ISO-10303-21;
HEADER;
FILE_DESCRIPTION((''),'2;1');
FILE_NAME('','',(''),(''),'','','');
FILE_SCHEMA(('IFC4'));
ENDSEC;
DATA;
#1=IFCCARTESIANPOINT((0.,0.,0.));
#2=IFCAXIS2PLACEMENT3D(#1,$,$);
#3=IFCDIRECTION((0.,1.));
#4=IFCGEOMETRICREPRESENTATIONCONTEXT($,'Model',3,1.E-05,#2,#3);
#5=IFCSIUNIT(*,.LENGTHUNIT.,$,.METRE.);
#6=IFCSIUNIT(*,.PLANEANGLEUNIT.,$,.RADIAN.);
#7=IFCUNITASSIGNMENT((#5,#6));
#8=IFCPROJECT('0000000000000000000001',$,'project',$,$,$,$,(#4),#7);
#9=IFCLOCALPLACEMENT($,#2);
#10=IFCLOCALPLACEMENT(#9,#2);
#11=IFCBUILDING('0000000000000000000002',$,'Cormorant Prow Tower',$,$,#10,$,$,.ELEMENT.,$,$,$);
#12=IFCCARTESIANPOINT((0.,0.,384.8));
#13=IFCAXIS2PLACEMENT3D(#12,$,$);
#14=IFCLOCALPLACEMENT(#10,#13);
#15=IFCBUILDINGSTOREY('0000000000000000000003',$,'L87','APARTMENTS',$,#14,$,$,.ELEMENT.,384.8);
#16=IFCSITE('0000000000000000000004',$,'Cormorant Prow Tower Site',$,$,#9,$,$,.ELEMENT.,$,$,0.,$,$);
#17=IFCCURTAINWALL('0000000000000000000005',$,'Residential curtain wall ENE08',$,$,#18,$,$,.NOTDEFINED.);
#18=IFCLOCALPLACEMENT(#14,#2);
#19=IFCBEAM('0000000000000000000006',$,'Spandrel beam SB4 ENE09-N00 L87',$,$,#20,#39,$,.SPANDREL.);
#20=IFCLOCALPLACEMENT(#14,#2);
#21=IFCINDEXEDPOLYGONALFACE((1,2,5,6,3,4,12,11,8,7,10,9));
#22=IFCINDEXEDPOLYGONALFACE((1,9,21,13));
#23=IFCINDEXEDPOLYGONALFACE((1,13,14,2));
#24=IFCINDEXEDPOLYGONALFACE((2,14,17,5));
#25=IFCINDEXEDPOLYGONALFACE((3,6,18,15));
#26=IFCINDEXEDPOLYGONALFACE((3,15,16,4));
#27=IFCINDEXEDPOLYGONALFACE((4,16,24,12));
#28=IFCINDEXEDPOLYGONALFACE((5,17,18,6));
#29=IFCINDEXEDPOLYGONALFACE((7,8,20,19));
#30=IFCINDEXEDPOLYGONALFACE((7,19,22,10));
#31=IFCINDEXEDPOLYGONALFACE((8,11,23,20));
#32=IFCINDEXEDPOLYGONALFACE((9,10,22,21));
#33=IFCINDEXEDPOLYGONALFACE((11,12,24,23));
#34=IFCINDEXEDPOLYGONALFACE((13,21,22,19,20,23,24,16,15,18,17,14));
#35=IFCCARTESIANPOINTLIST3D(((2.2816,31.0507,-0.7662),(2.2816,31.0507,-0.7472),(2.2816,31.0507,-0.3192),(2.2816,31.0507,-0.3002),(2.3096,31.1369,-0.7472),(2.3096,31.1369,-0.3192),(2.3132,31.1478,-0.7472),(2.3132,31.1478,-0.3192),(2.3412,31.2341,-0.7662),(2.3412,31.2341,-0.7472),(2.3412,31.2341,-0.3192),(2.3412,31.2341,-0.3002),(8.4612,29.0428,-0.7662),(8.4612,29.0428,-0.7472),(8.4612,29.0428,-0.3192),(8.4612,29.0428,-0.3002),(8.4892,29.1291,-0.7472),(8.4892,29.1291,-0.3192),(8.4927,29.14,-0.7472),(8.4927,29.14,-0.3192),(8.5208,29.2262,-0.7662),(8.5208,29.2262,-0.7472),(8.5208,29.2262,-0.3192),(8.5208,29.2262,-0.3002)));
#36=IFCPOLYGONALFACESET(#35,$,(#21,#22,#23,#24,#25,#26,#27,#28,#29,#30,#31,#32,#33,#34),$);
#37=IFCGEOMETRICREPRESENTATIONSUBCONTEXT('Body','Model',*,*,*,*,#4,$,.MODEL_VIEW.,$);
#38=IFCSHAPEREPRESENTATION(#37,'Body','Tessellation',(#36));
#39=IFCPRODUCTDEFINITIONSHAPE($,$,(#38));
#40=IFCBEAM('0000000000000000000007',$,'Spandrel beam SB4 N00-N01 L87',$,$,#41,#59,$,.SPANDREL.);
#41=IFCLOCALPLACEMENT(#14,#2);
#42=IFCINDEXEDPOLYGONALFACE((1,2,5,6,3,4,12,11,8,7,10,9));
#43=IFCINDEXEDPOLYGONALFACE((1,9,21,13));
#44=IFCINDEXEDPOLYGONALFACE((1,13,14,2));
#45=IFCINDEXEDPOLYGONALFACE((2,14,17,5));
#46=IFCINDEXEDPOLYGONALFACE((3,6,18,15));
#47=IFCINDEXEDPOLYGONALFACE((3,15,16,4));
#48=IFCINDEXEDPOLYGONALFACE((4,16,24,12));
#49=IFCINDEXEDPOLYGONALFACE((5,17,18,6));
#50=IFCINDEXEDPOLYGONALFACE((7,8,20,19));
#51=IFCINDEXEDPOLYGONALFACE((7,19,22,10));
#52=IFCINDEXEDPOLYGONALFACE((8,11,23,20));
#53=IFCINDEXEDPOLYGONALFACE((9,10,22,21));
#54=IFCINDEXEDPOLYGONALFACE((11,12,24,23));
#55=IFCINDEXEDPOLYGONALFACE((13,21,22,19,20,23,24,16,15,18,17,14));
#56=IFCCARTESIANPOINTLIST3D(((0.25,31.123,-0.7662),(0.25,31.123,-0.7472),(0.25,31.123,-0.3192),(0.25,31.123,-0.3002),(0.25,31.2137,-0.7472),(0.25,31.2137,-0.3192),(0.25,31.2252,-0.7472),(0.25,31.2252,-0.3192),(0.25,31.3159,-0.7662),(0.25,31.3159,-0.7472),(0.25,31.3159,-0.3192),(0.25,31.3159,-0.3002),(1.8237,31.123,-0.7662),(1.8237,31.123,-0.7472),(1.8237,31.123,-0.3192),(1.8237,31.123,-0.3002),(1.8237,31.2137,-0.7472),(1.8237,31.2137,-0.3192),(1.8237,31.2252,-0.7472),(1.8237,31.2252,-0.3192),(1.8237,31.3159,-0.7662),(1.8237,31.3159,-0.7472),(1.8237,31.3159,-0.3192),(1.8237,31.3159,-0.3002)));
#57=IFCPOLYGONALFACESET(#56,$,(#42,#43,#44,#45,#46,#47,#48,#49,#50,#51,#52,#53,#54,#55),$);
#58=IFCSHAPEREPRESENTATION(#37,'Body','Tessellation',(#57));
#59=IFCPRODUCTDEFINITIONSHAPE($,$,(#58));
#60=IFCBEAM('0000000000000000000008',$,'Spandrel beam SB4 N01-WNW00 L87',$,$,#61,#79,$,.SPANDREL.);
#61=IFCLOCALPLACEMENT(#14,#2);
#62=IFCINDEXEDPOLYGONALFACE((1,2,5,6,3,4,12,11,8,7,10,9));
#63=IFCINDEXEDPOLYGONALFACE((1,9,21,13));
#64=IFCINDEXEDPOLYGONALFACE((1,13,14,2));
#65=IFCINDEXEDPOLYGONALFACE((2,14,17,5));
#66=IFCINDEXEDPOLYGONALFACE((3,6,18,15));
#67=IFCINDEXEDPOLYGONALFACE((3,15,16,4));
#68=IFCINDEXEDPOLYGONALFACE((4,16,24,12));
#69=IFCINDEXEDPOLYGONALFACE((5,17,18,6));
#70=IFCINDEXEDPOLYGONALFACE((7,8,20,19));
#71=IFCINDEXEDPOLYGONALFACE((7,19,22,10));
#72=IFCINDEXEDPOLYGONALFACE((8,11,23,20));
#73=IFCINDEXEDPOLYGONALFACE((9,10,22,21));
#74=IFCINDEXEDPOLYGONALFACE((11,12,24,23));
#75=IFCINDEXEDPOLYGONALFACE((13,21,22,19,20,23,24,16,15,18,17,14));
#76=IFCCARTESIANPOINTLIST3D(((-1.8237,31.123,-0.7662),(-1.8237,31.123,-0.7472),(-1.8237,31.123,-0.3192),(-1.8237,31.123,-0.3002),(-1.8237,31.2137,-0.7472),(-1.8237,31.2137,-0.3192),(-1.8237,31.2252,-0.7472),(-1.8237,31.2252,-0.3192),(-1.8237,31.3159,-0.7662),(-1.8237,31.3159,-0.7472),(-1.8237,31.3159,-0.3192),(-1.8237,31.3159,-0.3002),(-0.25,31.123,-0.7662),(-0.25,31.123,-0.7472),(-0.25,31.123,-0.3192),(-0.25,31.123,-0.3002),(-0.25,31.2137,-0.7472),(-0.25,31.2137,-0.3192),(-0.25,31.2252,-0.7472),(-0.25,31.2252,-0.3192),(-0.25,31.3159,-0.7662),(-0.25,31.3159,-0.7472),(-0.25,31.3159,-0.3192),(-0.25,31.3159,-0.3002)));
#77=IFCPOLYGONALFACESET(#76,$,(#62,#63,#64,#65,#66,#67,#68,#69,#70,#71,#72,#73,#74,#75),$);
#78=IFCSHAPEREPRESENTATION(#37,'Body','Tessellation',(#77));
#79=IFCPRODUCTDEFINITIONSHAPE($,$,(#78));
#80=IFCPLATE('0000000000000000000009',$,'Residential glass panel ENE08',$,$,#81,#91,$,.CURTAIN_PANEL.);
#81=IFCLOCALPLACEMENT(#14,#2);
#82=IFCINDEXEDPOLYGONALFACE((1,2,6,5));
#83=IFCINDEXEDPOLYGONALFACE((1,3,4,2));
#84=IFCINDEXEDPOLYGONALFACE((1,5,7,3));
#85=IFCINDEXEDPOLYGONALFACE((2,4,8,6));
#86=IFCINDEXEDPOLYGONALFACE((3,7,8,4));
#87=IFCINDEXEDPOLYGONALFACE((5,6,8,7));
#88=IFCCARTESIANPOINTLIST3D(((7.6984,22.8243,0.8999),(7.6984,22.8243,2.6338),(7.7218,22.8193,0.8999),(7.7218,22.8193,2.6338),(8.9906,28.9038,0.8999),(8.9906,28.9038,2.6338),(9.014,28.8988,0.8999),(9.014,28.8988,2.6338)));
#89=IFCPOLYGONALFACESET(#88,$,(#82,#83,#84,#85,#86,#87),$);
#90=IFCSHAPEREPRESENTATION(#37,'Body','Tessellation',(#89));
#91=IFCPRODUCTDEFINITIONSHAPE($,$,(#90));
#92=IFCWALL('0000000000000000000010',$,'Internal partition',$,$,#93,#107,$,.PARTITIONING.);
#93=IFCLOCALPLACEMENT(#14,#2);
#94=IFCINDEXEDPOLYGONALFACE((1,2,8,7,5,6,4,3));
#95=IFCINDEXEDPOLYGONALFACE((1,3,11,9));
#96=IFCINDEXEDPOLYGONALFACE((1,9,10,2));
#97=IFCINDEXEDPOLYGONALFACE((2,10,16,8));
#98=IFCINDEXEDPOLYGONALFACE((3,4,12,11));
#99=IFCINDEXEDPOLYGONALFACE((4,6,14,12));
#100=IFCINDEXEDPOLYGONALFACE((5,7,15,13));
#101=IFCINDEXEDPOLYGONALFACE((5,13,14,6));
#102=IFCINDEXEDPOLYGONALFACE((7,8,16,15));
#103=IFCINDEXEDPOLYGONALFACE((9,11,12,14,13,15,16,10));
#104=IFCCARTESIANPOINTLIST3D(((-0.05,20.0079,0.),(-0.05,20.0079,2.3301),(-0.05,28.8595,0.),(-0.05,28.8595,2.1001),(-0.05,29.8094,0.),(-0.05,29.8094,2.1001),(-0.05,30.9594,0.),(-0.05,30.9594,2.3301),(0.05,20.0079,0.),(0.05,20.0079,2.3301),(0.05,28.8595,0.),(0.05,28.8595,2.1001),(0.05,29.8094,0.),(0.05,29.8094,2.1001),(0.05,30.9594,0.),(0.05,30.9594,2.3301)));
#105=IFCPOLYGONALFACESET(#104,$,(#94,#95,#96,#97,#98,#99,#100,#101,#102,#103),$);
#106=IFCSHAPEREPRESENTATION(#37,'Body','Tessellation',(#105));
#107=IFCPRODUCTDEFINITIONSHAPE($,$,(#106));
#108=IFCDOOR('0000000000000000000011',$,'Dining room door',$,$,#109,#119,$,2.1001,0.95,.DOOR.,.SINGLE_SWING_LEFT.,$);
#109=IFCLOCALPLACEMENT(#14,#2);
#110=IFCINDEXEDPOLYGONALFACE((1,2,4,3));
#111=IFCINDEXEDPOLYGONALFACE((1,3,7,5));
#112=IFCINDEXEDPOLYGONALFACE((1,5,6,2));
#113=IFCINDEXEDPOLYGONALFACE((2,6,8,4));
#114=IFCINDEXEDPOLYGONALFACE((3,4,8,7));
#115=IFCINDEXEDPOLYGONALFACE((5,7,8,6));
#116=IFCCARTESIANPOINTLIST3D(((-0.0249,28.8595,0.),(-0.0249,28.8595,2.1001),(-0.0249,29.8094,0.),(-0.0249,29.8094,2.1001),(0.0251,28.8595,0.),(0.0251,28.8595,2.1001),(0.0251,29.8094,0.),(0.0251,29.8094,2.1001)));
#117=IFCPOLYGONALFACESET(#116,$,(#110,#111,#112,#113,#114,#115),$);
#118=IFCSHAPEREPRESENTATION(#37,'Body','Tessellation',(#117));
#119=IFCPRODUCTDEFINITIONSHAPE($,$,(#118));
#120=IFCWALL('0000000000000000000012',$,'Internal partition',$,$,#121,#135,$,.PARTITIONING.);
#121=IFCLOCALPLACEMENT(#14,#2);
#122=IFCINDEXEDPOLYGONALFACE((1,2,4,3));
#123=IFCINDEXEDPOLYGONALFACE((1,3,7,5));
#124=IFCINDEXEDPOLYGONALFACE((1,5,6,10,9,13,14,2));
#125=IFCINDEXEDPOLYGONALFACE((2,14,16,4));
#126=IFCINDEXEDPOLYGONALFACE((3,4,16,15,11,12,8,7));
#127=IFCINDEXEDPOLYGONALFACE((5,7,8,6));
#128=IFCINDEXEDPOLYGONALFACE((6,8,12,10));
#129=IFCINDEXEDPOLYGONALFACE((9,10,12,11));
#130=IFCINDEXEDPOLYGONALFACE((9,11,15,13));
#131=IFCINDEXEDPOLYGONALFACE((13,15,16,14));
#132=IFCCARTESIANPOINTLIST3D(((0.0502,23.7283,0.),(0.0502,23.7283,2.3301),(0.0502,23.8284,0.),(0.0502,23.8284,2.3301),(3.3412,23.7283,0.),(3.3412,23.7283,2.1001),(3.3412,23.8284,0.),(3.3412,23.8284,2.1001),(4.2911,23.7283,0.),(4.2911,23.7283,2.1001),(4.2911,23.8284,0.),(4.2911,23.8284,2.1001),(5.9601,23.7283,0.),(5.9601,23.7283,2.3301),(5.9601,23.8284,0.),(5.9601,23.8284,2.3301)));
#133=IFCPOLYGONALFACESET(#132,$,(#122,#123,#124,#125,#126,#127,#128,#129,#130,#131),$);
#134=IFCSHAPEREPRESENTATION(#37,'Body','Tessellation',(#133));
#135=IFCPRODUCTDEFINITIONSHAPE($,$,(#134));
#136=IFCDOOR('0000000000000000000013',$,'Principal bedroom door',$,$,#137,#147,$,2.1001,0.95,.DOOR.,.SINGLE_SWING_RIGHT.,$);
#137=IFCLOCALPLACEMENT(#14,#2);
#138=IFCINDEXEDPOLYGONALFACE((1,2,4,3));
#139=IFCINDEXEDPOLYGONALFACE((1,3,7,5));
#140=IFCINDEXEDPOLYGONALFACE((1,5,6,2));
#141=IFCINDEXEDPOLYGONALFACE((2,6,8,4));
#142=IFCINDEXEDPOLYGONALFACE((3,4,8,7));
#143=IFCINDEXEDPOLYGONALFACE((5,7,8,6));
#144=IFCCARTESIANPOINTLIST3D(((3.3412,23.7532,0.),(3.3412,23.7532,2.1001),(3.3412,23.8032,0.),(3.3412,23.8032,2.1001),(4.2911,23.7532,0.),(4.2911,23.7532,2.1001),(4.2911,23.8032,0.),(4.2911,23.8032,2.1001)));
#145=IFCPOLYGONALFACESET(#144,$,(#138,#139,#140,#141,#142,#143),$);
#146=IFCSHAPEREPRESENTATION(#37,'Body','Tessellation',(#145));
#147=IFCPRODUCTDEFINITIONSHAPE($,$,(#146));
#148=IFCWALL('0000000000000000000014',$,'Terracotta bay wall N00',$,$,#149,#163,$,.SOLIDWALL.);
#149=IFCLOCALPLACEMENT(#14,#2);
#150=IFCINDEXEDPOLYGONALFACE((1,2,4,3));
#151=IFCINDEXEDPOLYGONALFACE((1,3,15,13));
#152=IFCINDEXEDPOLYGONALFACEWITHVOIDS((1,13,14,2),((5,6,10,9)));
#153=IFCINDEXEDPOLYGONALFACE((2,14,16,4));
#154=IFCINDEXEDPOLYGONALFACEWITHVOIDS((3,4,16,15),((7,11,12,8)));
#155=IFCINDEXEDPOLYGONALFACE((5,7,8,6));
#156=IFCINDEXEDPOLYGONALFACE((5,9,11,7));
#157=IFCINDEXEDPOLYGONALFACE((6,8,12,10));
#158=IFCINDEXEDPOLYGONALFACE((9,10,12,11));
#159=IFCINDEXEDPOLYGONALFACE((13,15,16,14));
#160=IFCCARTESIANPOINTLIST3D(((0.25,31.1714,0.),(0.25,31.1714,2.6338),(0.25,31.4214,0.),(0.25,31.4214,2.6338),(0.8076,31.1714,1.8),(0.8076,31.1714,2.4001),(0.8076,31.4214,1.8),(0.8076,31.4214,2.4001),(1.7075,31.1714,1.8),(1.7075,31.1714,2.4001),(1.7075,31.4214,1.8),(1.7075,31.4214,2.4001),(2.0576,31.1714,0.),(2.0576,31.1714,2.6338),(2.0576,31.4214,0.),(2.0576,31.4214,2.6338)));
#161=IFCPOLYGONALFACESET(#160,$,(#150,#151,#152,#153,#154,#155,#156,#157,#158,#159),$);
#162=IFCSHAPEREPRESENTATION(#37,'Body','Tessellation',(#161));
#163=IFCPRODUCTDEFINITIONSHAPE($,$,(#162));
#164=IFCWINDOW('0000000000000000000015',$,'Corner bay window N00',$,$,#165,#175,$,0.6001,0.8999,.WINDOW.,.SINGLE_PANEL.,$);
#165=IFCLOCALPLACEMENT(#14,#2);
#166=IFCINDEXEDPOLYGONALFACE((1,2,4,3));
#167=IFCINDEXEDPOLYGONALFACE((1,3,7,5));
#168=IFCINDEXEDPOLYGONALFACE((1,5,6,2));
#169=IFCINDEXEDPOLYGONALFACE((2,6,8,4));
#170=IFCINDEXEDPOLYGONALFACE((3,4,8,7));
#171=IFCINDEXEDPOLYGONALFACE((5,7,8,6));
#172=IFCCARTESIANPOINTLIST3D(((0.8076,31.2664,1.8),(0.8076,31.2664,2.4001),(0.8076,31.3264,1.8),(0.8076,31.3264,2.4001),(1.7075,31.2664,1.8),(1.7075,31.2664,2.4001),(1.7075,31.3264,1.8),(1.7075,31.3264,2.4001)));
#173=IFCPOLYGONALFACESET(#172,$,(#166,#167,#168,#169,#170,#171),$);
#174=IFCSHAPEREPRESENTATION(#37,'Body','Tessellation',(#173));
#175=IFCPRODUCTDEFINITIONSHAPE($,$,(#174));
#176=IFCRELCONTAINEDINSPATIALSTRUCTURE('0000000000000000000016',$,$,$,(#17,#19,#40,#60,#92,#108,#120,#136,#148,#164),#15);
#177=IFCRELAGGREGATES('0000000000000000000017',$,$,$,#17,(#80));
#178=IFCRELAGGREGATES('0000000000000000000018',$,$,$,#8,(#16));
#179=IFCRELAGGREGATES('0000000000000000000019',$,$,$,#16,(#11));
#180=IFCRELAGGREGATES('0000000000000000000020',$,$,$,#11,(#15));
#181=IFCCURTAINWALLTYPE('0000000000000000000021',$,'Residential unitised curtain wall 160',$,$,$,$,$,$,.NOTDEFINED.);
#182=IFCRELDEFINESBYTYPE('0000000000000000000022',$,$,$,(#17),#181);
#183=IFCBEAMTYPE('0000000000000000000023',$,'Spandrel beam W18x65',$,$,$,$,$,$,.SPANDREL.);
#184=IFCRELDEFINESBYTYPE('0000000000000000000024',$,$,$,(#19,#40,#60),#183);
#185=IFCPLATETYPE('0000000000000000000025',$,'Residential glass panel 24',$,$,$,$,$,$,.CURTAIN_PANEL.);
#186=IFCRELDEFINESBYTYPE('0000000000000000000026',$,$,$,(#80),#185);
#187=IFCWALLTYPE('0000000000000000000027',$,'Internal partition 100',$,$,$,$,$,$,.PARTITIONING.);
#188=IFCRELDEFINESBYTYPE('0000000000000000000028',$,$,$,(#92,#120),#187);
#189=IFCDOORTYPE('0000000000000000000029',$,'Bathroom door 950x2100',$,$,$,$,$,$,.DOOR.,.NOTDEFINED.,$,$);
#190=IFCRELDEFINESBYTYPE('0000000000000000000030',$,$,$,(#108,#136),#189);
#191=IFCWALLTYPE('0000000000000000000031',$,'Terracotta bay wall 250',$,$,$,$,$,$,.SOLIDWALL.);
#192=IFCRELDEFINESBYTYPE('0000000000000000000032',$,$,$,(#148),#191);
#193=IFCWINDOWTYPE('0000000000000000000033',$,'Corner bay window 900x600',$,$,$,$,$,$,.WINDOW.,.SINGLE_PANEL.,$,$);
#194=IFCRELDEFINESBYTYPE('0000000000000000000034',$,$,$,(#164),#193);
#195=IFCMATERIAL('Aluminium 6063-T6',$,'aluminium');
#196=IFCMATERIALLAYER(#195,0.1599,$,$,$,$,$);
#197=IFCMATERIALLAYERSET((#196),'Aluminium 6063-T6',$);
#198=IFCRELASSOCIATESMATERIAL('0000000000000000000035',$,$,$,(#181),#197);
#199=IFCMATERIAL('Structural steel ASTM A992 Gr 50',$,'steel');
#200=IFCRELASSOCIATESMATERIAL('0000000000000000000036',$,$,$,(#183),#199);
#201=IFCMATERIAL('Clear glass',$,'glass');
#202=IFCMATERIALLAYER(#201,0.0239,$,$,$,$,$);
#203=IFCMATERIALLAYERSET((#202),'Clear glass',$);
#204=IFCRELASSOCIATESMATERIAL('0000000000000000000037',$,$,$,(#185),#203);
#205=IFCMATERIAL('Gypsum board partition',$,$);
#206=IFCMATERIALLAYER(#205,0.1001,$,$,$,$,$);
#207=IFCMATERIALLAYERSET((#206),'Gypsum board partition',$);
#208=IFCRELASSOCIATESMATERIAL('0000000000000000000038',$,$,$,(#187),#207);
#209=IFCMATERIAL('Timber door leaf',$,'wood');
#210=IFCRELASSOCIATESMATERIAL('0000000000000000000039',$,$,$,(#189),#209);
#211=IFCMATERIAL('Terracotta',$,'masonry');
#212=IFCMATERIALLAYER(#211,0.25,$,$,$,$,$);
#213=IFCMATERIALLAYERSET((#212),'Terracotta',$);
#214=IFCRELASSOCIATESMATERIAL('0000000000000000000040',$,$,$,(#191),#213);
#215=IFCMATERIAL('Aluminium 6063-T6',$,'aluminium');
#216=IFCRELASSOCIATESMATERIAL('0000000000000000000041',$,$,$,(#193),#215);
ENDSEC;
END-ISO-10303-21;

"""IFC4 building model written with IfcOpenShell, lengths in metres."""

from ifc_helpers import new_model, si_unit, direction, frame, frame_2d, origin, origin_2d, place, context, subcontext, project, spatial, rectangle, i_section, extrude, material, layer, layer_set, material_profile, profile_set, type_object, element, fill, aggregate, save


model = new_model("IFC4")

# Units and contexts
model_context = context("Model", 3, precision=1e-05, world=origin(), true_north=direction((0.0, 1.0)))
body_context = subcontext(model_context, "Body", "Model", "MODEL_VIEW")
ifc_project = project(units=[si_unit("LENGTHUNIT", "METRE"), si_unit("PLANEANGLEUNIT", "RADIAN")], contexts=[model_context])

# Site, building, storey
site_placement = place(None, origin())
site = spatial("IfcSite", under=ifc_project, at=site_placement, Name="Cormorant Prow Tower Site", CompositionType="ELEMENT", RefElevation=0.0)
building_placement = place(site_placement, origin())
building = spatial("IfcBuilding", under=site, at=building_placement, Name="Cormorant Prow Tower", CompositionType="ELEMENT")
storey_placement = place(building_placement, frame((0.0, 0.0, 384.8)))
storey = spatial("IfcBuildingStorey", under=building, at=storey_placement, Name="L87", Description="APARTMENTS", CompositionType="ELEMENT", Elevation=384.8)

# Curtain wall
ifc_material_1 = material(Name="Aluminium 6063-T6", Category="aluminium")
ifc_layer_1 = layer(ifc_material_1, 0.1599)
ifc_layer_set_1 = layer_set([ifc_layer_1], Name="Aluminium 6063-T6")
curtain_wall_type = type_object("IfcCurtainWallType", Name="Residential unitised curtain wall 160", PredefinedType="NOTDEFINED", material=ifc_layer_set_1)
curtain_wall_placement = place(storey_placement, origin())
curtain_wall = element("IfcCurtainWall", 1, at=curtain_wall_placement, inside=storey, type_object=curtain_wall_type, Name="Residential curtain wall ENE08", PredefinedType="NOTDEFINED")

# Beams
ifc_material_2 = material(Name="Structural steel ASTM A992 Gr 50", Category="steel")
ifc_material_profile_1 = material_profile(ifc_material_2, i_section(OverallWidth=0.1929, OverallDepth=0.4661, WebThickness=0.0115, FlangeThickness=0.019, at=origin_2d()), Name="W18x65")
ifc_profile_set_1 = profile_set([ifc_material_profile_1], Name="Structural steel ASTM A992 Gr 50")
beam_type = type_object("IfcBeamType", Name="Spandrel beam W18x65", PredefinedType="SPANDREL", material=ifc_profile_set_1)
for number, where, z_axis, x_axis, name in (
    (2, (8.491, 29.1345, -0.5332), (-0.951057, 0.309016, 0.0), (-0.309016, -0.951057, 0.0), "Spandrel beam SB4 ENE09-N00 L87"),
):
    element("IfcBeam", number, at=place(storey_placement, frame(where, z_axis=z_axis, x_axis=x_axis)), inside=storey, type_object=beam_type, Name=name, PredefinedType="SPANDREL", context=body_context, shape_type="SweptSolid", body=[
        extrude(i_section(OverallWidth=0.1929, OverallDepth=0.4661, WebThickness=0.0115, FlangeThickness=0.019, at=origin_2d()), origin(), (0.0, 0.0, 1.0), 6.4976),
    ])
for number, where, z_axis, x_axis, name in (
    (3, (1.8237, 31.2195, -0.5332), (-1.0, 0.0, 0.0), (0.0, -1.0, 0.0), "Spandrel beam SB4 N00-N01 L87"),
    (4, (-0.25, 31.2195, -0.5332), (-1.0, 0.0, 0.0), (0.0, -1.0, 0.0), "Spandrel beam SB4 N01-WNW00 L87"),
):
    element("IfcBeam", number, at=place(storey_placement, frame(where, z_axis=z_axis, x_axis=x_axis)), inside=storey, type_object=beam_type, Name=name, PredefinedType="SPANDREL", context=body_context, shape_type="SweptSolid", body=[
        extrude(i_section(OverallWidth=0.1929, OverallDepth=0.4661, WebThickness=0.0115, FlangeThickness=0.019, at=origin_2d()), origin(), (0.0, 0.0, 1.0), 1.5737),
    ])

# Plate
ifc_material_3 = material(Name="Clear glass", Category="glass")
ifc_layer_2 = layer(ifc_material_3, 0.0239)
ifc_layer_set_2 = layer_set([ifc_layer_2], Name="Clear glass")
plate_type = type_object("IfcPlateType", Name="Residential glass panel 24", PredefinedType="CURTAIN_PANEL", material=ifc_layer_set_2)
plate_placement = place(storey_placement, frame((8.3562, 25.8616, 0.8999), z_axis=(0.0, 0.0, 1.0), x_axis=(0.207912, 0.978148, 0.0)))
plate = element("IfcPlate", 5, at=plate_placement, type_object=plate_type, Name="Residential glass panel ENE08", PredefinedType="CURTAIN_PANEL", context=body_context, shape_type="SweptSolid", body=[
    extrude(rectangle(XDim=6.2153, YDim=0.0239, at=origin_2d()), origin(), (0.0, 0.0, 1.0), 1.7339),
])
aggregate(curtain_wall, [plate])

# Walls, openings, doors
ifc_material_4 = material(Name="Gypsum board partition")
ifc_layer_3 = layer(ifc_material_4, 0.1001)
ifc_layer_set_3 = layer_set([ifc_layer_3], Name="Gypsum board partition")
wall_type_1 = type_object("IfcWallType", Name="Internal partition 100", PredefinedType="PARTITIONING", material=ifc_layer_set_3)
wall_1_placement = place(storey_placement, frame((0.0, 20.0081, 0.0), z_axis=(0.0, 0.0, 1.0), x_axis=(0.0, 1.0, 0.0)))
wall_1 = element("IfcWall", 6, at=wall_1_placement, inside=storey, type_object=wall_type_1, Name="Internal partition", PredefinedType="PARTITIONING", context=body_context, shape_type="SweptSolid", body=[
    extrude(rectangle(XDim=10.9514, YDim=0.1001, at=frame_2d((5.4756, 0.0))), origin(), (0.0, 0.0, 1.0), 2.3301),
])
opening_1_placement = place(wall_1_placement, frame((8.8513, 0.0, 0.0)))
opening_1 = element("IfcOpeningElement", 7, at=opening_1_placement, cuts=wall_1, PredefinedType="OPENING", context=body_context, shape_type="SweptSolid", body=[
    extrude(rectangle(XDim=0.95, YDim=2.1001, at=frame_2d((0.4751, 1.05))), frame((0.0, 0.0601, 0.0), z_axis=(0.0, -1.0, 0.0), x_axis=(1.0, 0.0, 0.0)), (0.0, 0.0, 1.0), 0.1201),
])
ifc_material_5 = material(Name="Timber door leaf", Category="wood")
door_type_1 = type_object("IfcDoorType", Name="Bathroom door 950x2100", OperationType="NOTDEFINED", PredefinedType="DOOR", material=ifc_material_5)
door_1_placement = place(opening_1_placement, origin())
door_1 = element("IfcDoor", 8, at=door_1_placement, inside=storey, type_object=door_type_1, Name="Dining room door", OperationType="SINGLE_SWING_LEFT", OverallHeight=2.1001, OverallWidth=0.95, PredefinedType="DOOR", context=body_context, shape_type="SweptSolid", body=[
    extrude(rectangle(XDim=0.95, YDim=2.1001, at=frame_2d((0.4751, 1.05))), frame((0.0, 0.0249, 0.0), z_axis=(0.0, -1.0, 0.0), x_axis=(1.0, 0.0, 0.0)), (0.0, 0.0, 1.0), 0.05),
])
fill(opening_1, door_1)
wall_2_placement = place(storey_placement, frame((0.05, 23.7783, 0.0), z_axis=(0.0, 0.0, 1.0), x_axis=(1.0, 0.0, 0.0)))
wall_2 = element("IfcWall", 9, at=wall_2_placement, inside=storey, type_object=wall_type_1, Name="Internal partition", PredefinedType="PARTITIONING", context=body_context, shape_type="SweptSolid", body=[
    extrude(rectangle(XDim=5.9099, YDim=0.1001, at=frame_2d((2.9551, 0.0))), origin(), (0.0, 0.0, 1.0), 2.3301),
])
opening_2_placement = place(wall_2_placement, frame((3.291, 0.0, 0.0)))
opening_2 = element("IfcOpeningElement", 10, at=opening_2_placement, cuts=wall_2, PredefinedType="OPENING", context=body_context, shape_type="SweptSolid", body=[
    extrude(rectangle(XDim=0.95, YDim=2.1001, at=frame_2d((0.4751, 1.05))), frame((0.0, 0.0601, 0.0), z_axis=(0.0, -1.0, 0.0), x_axis=(1.0, 0.0, 0.0)), (0.0, 0.0, 1.0), 0.1201),
])
door_2_placement = place(opening_2_placement, origin())
door_2 = element("IfcDoor", 11, at=door_2_placement, inside=storey, type_object=door_type_1, Name="Principal bedroom door", OperationType="SINGLE_SWING_RIGHT", OverallHeight=2.1001, OverallWidth=0.95, PredefinedType="DOOR", context=body_context, shape_type="SweptSolid", body=[
    extrude(rectangle(XDim=0.95, YDim=2.1001, at=frame_2d((0.4751, 1.05))), frame((0.0, 0.0249, 0.0), z_axis=(0.0, -1.0, 0.0), x_axis=(1.0, 0.0, 0.0)), (0.0, 0.0, 1.0), 0.05),
])
fill(opening_2, door_2)

# Wall, opening, window
ifc_material_6 = material(Name="Terracotta", Category="masonry")
ifc_layer_4 = layer(ifc_material_6, 0.25)
ifc_layer_set_4 = layer_set([ifc_layer_4], Name="Terracotta")
wall_type_2 = type_object("IfcWallType", Name="Terracotta bay wall 250", PredefinedType="SOLIDWALL", material=ifc_layer_set_4)
wall_3_placement = place(storey_placement, frame((2.0576, 31.2964, 0.0), z_axis=(0.0, 0.0, 1.0), x_axis=(-1.0, 0.0, 0.0)))
wall_3 = element("IfcWall", 12, at=wall_3_placement, inside=storey, type_object=wall_type_2, Name="Terracotta bay wall N00", PredefinedType="SOLIDWALL", context=body_context, shape_type="SweptSolid", body=[
    extrude(rectangle(XDim=1.8076, YDim=0.25, at=frame_2d((0.9038, 0.0))), origin(), (0.0, 0.0, 1.0), 2.6338),
])
opening_3_placement = place(wall_3_placement, frame((0.3501, 0.0, 1.8)))
opening_3 = element("IfcOpeningElement", 13, at=opening_3_placement, cuts=wall_3, PredefinedType="OPENING", context=body_context, shape_type="SweptSolid", body=[
    extrude(rectangle(XDim=0.8999, YDim=0.6001, at=frame_2d((0.45, 0.3))), frame((0.0, 0.135, 0.0), z_axis=(0.0, -1.0, 0.0), x_axis=(1.0, 0.0, 0.0)), (0.0, 0.0, 1.0), 0.27),
])
ifc_material_7 = material(Name="Aluminium 6063-T6", Category="aluminium")
window_type = type_object("IfcWindowType", Name="Corner bay window 900x600", PartitioningType="SINGLE_PANEL", PredefinedType="WINDOW", material=ifc_material_7)
window_placement = place(opening_3_placement, origin())
window = element("IfcWindow", 14, at=window_placement, inside=storey, type_object=window_type, Name="Corner bay window N00", OverallHeight=0.6001, OverallWidth=0.8999, PartitioningType="SINGLE_PANEL", PredefinedType="WINDOW", context=body_context, shape_type="SweptSolid", body=[
    extrude(rectangle(XDim=0.8999, YDim=0.6001, at=frame_2d((0.45, 0.3))), frame((0.0, 0.03, 0.0), z_axis=(0.0, -1.0, 0.0), x_axis=(1.0, 0.0, 0.0)), (0.0, 0.0, 1.0), 0.0601),
])
fill(opening_3, window)

save(model, "model.ifc")
